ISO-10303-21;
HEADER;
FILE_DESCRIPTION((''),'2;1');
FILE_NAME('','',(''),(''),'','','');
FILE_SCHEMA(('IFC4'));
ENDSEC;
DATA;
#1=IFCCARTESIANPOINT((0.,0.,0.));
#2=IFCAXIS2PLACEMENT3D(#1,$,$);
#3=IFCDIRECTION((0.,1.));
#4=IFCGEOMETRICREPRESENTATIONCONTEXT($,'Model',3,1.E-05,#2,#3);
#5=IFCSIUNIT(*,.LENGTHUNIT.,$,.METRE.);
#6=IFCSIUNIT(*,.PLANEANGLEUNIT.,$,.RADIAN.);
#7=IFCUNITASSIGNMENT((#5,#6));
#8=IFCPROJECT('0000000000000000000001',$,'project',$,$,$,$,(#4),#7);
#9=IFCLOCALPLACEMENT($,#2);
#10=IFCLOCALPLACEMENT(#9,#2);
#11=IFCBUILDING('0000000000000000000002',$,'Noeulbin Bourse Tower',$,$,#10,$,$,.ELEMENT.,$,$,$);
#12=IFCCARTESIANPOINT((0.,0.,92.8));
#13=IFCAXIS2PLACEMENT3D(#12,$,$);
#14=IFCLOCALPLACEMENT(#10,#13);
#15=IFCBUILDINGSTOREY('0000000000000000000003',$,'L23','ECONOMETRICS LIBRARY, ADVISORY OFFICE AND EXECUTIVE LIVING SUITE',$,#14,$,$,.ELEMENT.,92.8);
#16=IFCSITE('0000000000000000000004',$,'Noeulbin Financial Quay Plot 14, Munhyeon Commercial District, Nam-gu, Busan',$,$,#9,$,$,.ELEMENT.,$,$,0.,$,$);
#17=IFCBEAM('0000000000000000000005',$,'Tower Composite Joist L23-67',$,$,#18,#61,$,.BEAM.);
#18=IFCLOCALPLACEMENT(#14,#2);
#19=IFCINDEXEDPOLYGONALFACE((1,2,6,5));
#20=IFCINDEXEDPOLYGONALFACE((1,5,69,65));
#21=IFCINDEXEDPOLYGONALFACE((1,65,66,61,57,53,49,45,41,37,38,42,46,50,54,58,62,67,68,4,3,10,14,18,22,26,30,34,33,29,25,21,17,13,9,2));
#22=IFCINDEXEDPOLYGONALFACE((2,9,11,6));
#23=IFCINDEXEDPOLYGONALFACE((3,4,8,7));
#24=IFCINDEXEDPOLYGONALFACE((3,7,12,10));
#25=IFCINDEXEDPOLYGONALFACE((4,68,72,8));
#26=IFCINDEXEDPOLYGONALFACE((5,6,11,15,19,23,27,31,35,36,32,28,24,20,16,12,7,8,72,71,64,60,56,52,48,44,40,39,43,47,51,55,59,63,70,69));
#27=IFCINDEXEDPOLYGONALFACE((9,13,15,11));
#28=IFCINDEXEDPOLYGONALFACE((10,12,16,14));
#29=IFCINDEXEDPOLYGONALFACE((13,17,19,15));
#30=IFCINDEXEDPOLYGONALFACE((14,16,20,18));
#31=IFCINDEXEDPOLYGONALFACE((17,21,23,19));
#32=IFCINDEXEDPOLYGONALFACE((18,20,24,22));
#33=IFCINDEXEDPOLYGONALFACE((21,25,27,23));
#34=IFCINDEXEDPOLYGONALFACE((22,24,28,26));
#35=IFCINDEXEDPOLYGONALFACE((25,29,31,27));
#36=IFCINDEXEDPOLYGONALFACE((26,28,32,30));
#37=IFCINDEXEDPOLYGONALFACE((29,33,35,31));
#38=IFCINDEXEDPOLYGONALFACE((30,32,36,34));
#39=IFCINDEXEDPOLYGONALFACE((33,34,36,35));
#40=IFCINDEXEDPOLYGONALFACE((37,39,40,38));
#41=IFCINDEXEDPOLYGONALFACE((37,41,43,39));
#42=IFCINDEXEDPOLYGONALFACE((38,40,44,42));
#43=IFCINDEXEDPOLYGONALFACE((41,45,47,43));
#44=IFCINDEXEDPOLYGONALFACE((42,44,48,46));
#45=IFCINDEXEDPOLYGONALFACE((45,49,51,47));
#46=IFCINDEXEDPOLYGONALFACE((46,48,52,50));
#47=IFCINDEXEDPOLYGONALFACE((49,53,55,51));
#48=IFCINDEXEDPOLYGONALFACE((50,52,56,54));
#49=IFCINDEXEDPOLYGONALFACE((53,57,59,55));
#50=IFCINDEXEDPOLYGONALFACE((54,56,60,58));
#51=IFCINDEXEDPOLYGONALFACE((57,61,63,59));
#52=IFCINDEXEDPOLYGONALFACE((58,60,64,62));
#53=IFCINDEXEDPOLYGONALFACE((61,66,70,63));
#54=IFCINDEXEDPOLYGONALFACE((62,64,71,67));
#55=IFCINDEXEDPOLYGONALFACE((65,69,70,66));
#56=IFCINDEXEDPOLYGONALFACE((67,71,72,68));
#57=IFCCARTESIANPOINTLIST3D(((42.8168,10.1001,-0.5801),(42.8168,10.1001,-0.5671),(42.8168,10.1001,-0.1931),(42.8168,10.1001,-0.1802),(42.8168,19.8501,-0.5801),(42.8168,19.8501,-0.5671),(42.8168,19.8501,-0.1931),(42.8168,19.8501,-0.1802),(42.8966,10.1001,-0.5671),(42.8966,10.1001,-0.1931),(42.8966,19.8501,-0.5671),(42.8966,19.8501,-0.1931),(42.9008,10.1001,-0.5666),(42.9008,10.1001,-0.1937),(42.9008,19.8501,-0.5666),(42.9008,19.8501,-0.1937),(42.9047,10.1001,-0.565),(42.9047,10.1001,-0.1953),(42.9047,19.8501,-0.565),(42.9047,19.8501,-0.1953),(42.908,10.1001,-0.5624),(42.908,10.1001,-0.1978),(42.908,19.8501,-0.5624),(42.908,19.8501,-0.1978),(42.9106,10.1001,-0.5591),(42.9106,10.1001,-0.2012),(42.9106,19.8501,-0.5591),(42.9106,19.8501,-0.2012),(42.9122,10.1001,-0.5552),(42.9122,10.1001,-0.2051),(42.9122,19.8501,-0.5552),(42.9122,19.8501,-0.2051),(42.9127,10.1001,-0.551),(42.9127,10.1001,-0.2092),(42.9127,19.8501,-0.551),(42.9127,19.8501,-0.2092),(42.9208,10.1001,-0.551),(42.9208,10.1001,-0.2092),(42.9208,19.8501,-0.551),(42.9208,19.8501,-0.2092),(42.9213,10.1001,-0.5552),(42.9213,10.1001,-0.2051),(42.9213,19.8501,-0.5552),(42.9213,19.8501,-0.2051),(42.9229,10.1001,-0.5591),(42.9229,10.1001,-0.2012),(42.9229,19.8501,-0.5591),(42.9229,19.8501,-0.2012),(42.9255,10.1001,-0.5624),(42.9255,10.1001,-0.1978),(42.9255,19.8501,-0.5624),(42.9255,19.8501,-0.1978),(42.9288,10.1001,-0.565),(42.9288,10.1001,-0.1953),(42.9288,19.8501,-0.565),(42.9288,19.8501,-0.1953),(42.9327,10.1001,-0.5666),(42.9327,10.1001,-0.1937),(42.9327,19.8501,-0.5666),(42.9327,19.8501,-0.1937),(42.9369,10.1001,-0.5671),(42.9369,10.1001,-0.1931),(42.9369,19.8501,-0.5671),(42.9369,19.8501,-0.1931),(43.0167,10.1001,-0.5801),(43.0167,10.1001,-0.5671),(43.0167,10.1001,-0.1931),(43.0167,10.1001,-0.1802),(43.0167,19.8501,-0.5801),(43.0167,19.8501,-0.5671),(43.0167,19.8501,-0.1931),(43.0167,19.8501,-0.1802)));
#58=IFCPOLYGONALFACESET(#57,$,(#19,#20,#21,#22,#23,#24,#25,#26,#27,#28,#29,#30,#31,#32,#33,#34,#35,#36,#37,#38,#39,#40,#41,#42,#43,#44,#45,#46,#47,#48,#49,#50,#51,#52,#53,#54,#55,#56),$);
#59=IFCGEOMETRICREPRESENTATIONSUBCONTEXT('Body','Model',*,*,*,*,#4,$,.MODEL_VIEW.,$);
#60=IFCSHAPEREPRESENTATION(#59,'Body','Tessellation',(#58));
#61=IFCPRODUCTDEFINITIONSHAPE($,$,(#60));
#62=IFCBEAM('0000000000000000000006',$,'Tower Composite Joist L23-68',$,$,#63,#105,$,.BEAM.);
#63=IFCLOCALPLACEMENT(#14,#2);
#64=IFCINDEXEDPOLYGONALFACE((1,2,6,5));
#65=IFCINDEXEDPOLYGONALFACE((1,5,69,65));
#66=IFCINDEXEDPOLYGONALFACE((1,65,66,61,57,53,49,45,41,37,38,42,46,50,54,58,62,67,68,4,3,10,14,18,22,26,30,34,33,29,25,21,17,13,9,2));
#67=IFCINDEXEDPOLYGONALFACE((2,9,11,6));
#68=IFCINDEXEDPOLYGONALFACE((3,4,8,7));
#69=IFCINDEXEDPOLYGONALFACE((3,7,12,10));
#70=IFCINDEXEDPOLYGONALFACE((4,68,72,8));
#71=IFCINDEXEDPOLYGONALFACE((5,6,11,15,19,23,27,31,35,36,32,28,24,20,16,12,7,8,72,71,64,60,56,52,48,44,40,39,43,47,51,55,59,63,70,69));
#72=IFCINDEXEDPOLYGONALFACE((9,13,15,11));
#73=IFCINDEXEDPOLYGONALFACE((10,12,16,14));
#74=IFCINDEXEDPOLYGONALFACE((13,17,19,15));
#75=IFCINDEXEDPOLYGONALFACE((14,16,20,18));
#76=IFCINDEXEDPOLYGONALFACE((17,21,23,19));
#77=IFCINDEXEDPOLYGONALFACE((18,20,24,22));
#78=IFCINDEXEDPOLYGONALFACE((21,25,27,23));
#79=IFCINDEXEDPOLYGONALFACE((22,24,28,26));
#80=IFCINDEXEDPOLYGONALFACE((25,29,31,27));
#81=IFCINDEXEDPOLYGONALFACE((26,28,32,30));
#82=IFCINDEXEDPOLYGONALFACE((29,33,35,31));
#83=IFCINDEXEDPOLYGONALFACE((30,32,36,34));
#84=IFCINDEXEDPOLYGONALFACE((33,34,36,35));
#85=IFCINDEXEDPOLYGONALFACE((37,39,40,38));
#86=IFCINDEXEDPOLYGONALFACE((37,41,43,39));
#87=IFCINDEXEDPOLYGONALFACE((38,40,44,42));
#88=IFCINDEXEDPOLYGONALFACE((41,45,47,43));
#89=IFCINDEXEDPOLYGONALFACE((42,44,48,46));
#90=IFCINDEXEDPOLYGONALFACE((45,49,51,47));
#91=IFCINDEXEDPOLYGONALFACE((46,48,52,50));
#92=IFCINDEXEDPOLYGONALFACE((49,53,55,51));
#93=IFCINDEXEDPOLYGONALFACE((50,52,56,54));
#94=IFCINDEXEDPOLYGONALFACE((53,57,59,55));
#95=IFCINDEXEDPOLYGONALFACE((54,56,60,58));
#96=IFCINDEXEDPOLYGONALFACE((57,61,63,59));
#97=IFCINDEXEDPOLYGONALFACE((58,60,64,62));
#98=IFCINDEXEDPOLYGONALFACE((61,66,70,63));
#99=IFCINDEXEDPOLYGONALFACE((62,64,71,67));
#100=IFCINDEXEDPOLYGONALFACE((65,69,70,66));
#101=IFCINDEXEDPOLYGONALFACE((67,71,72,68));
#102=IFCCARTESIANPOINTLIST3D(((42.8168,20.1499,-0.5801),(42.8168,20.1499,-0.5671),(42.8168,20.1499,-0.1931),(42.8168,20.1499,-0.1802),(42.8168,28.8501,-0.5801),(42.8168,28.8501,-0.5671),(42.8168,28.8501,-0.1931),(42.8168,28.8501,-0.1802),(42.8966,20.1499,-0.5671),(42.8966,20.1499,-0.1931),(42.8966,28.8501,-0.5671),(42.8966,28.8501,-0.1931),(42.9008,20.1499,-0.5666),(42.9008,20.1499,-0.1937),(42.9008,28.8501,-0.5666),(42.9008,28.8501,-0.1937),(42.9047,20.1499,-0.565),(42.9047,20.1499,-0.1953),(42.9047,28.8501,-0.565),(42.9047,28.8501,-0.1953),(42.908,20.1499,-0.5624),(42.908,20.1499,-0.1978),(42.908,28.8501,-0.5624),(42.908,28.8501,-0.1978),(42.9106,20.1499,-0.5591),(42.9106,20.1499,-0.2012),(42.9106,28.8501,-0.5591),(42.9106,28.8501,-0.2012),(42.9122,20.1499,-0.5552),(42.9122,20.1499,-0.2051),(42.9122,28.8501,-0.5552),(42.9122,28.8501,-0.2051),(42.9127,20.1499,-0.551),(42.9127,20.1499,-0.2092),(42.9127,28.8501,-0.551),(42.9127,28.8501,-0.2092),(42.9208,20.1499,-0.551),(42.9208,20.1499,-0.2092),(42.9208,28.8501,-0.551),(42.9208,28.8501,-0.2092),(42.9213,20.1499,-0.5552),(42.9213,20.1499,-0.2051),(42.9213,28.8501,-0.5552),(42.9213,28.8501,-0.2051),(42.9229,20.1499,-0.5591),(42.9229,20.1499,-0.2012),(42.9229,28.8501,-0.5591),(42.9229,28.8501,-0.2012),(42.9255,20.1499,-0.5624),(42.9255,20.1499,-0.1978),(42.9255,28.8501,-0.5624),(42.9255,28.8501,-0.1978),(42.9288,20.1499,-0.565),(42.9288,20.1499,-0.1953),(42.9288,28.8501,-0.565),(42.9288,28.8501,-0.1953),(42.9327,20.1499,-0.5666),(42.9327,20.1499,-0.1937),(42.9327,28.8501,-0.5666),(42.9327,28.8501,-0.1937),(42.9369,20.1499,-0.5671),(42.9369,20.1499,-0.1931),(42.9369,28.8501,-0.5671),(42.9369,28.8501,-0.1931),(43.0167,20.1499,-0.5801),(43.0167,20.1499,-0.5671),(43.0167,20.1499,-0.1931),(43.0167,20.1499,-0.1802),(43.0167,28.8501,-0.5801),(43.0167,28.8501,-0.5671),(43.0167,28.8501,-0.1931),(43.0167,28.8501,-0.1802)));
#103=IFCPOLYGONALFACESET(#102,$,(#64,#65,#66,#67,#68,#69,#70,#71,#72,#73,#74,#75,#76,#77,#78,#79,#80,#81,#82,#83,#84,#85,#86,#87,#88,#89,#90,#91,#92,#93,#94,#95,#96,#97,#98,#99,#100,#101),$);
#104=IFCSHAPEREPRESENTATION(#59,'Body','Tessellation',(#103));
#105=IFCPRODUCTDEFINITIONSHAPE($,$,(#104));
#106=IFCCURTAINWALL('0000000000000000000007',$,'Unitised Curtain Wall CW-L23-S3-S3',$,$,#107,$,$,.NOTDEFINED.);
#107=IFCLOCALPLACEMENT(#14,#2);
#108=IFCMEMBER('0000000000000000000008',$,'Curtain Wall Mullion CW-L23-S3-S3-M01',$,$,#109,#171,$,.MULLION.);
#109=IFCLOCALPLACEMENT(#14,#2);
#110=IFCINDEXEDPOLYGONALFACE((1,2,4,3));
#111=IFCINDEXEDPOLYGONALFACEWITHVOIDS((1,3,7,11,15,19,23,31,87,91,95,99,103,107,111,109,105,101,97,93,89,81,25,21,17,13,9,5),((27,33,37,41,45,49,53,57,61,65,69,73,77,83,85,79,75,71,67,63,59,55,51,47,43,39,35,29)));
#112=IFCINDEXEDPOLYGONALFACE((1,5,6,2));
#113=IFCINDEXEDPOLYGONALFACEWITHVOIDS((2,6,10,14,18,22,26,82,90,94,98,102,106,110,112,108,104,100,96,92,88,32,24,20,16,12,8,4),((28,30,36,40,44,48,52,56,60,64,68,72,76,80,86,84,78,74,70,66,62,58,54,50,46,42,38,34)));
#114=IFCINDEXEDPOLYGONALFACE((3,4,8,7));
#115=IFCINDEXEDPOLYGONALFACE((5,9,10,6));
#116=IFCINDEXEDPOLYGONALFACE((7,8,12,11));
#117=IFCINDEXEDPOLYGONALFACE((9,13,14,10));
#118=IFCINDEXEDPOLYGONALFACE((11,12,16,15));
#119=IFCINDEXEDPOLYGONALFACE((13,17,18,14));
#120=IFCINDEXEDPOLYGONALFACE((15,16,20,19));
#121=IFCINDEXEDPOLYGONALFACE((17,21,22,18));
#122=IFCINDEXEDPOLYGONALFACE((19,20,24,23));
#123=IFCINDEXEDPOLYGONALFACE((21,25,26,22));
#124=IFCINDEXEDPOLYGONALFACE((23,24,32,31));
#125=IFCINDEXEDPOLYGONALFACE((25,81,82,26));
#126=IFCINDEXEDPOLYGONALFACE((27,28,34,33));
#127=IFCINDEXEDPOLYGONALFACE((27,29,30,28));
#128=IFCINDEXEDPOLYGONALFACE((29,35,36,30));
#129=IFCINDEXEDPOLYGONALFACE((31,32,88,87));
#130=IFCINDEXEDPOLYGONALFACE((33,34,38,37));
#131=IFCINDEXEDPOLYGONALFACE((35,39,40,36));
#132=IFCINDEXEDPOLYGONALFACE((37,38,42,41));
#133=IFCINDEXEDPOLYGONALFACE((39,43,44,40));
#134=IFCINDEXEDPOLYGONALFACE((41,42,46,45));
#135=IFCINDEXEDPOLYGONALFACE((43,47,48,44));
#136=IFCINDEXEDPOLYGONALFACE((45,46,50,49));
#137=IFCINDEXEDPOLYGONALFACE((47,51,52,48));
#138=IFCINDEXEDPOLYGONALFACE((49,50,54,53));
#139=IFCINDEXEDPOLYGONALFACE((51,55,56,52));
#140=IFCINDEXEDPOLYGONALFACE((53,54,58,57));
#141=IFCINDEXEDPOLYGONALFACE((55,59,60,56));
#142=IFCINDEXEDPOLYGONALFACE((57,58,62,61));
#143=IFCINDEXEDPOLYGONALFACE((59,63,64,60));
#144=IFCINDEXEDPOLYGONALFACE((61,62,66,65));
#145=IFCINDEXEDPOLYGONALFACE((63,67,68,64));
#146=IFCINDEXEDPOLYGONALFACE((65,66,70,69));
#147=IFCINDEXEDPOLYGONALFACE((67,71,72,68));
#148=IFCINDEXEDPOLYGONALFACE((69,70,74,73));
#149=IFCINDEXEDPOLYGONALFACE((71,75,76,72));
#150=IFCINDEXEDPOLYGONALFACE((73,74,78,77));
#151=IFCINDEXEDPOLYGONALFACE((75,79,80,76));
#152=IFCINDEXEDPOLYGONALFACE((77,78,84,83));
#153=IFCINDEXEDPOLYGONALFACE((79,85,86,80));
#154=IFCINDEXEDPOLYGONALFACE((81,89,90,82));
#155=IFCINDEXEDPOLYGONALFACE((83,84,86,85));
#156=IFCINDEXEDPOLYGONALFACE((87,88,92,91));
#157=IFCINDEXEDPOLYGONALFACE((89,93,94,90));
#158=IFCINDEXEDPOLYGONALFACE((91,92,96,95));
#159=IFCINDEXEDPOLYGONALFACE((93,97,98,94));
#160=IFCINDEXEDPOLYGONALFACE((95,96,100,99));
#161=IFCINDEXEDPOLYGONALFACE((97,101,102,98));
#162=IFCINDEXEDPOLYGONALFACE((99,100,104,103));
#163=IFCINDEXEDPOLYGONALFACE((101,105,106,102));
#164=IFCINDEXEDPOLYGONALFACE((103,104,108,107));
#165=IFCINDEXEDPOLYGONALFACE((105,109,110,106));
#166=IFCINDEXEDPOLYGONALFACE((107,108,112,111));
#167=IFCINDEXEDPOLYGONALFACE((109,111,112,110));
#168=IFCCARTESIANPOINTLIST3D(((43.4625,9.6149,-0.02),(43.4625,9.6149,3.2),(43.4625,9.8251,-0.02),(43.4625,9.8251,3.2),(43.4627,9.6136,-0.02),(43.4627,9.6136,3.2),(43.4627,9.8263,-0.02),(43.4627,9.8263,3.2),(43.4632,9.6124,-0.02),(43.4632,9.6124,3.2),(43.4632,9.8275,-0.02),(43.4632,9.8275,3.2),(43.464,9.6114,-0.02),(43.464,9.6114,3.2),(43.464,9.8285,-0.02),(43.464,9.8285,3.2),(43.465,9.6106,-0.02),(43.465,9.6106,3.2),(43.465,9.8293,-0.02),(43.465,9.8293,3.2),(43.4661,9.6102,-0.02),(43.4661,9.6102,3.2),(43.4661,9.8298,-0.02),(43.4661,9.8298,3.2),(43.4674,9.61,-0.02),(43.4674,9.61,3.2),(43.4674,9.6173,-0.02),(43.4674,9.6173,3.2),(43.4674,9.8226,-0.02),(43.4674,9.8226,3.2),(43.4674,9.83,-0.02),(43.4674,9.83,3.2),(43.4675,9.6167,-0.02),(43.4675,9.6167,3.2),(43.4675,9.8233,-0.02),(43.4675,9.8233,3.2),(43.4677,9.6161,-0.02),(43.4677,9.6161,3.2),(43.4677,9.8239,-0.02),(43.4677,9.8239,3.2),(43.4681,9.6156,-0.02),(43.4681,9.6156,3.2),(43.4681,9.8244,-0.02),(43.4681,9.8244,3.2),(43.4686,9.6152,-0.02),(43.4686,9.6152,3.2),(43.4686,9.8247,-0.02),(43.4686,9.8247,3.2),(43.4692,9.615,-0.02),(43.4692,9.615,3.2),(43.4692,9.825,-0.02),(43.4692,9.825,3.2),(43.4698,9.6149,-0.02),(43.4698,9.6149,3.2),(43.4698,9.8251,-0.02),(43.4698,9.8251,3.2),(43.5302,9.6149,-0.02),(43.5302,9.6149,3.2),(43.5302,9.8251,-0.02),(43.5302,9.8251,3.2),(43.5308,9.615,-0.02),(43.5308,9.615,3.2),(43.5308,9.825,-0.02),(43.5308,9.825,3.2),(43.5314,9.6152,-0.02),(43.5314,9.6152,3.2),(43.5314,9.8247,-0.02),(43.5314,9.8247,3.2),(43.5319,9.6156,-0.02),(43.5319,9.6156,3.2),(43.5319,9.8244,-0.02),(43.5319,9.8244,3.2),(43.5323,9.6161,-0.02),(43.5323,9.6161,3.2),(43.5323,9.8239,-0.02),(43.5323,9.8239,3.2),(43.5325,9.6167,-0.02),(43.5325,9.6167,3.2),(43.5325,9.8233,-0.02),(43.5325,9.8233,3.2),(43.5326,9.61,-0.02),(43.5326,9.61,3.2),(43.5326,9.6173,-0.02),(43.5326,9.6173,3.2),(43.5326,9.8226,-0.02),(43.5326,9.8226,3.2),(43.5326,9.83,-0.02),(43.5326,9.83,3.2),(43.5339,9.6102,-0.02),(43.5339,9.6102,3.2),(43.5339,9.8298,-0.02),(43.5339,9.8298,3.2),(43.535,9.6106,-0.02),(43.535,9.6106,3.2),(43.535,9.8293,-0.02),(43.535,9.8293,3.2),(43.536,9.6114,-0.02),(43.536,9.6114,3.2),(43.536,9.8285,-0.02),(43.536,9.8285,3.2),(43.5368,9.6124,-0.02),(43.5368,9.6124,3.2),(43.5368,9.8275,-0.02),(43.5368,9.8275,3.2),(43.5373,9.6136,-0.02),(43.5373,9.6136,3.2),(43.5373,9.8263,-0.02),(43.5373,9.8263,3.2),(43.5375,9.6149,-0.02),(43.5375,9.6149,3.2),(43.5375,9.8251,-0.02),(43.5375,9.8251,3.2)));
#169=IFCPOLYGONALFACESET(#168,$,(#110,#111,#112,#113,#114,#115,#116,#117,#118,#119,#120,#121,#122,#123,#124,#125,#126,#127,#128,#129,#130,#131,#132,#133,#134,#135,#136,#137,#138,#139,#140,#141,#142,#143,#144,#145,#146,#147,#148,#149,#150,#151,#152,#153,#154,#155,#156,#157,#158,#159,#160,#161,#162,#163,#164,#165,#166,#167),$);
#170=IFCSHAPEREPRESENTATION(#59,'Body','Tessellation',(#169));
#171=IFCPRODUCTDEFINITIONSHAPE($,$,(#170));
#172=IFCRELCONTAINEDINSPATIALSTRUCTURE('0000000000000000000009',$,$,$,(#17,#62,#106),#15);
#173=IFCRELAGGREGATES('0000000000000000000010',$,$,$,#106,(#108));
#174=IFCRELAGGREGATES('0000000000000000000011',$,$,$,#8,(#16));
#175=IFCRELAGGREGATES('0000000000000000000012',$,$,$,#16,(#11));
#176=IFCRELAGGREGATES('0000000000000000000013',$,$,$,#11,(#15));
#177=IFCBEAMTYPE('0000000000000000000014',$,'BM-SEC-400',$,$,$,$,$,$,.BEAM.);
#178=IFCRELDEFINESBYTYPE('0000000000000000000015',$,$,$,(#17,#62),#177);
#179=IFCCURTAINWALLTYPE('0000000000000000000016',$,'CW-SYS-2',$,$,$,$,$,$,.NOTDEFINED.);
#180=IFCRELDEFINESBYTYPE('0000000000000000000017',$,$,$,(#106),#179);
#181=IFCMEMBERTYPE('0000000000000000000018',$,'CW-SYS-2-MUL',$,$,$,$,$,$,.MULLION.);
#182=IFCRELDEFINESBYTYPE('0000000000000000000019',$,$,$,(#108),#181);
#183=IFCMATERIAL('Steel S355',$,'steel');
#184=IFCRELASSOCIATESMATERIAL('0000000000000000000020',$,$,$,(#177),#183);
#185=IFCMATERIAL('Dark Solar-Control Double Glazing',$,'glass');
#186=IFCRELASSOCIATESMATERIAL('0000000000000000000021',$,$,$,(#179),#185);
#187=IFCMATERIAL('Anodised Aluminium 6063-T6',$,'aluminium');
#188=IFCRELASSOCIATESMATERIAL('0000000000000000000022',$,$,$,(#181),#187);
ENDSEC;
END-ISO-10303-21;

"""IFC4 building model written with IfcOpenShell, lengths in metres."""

from ifc_helpers import new_model, si_unit, direction, frame, origin, origin_2d, place, context, subcontext, project, spatial, hollow_rectangle, i_section, extrude, material, material_profile, profile_set, type_object, element, aggregate, save


model = new_model("IFC4")

# Units and contexts
model_context = context("Model", 3, precision=1e-05, world=origin(), true_north=direction((0.0, 1.0)))
body_context = subcontext(model_context, "Body", "Model", "MODEL_VIEW")
ifc_project = project(units=[si_unit("LENGTHUNIT", "METRE"), si_unit("PLANEANGLEUNIT", "RADIAN")], contexts=[model_context])

# Site, building, storey
site_placement = place(None, origin())
site = spatial("IfcSite", under=ifc_project, at=site_placement, Name="Noeulbin Financial Quay Plot 14, Munhyeon Commercial District, Nam-gu, Busan", CompositionType="ELEMENT", RefElevation=0.0)
building_placement = place(site_placement, origin())
building = spatial("IfcBuilding", under=site, at=building_placement, Name="Noeulbin Bourse Tower", CompositionType="ELEMENT")
storey_placement = place(building_placement, frame((0.0, 0.0, 92.8)))
storey = spatial("IfcBuildingStorey", under=building, at=storey_placement, Name="L23", Description="ECONOMETRICS LIBRARY, ADVISORY OFFICE AND EXECUTIVE LIVING SUITE", CompositionType="ELEMENT", Elevation=92.8)

# Beams
ifc_material_1 = material(Name="Steel S355", Category="steel")
ifc_material_profile_1 = material_profile(ifc_material_1, i_section(OverallWidth=0.2, OverallDepth=0.3999, WebThickness=0.0081, FlangeThickness=0.0129, FilletRadius=0.0161, at=origin_2d()), Name="H-400x200x8x13", Category="LoadBearing")
ifc_profile_set_1 = profile_set([ifc_material_profile_1], Name="Steel S355")
beam_type_1 = type_object("IfcBeamType", Name="BM-SEC-400", PredefinedType="BEAM", material=ifc_profile_set_1)
beam_1_placement = place(storey_placement, frame((42.9167, 10.1001, -0.3801), z_axis=(0.0, 1.0, 0.0), x_axis=(-1.0, 0.0, 0.0)))
element("IfcBeam", 1, at=beam_1_placement, inside=storey, type_object=beam_type_1, Name="Tower Composite Joist L23-67", PredefinedType="BEAM", context=body_context, shape_type="SweptSolid", body=[
    extrude(i_section(OverallWidth=0.2, OverallDepth=0.3999, WebThickness=0.0081, FlangeThickness=0.0129, FilletRadius=0.0161, at=origin_2d()), origin(), (0.0, 0.0, 1.0), 9.75),
])
beam_2_placement = place(storey_placement, frame((42.9167, 20.1499, -0.3801), z_axis=(0.0, 1.0, 0.0), x_axis=(-1.0, 0.0, 0.0)))
element("IfcBeam", 2, at=beam_2_placement, inside=storey, type_object=beam_type_1, Name="Tower Composite Joist L23-68", PredefinedType="BEAM", context=body_context, shape_type="SweptSolid", body=[
    extrude(i_section(OverallWidth=0.2, OverallDepth=0.3999, WebThickness=0.0081, FlangeThickness=0.0129, FilletRadius=0.0161, at=origin_2d()), origin(), (0.0, 0.0, 1.0), 8.7002),
])

# Curtain wall, member
ifc_material_2 = material(Name="Dark Solar-Control Double Glazing", Category="glass")
curtain_wall_type = type_object("IfcCurtainWallType", Name="CW-SYS-2", PredefinedType="NOTDEFINED", material=ifc_material_2)
curtain_wall_1_placement = place(storey_placement, origin())
curtain_wall_1 = element("IfcCurtainWall", 3, at=curtain_wall_1_placement, inside=storey, type_object=curtain_wall_type, Name="Unitised Curtain Wall CW-L23-S3-S3", PredefinedType="NOTDEFINED")
ifc_material_3 = material(Name="Anodised Aluminium 6063-T6", Category="aluminium")
ifc_material_profile_2 = material_profile(ifc_material_3, hollow_rectangle(XDim=0.075, YDim=0.22, WallThickness=0.0049, InnerFilletRadius=0.0024, OuterFilletRadius=0.0049, at=origin_2d()), Name="ALU-MULL-75x220x5", Category="LoadBearing")
ifc_profile_set_2 = profile_set([ifc_material_profile_2], Name="Anodised Aluminium 6063-T6")
member_type_1 = type_object("IfcMemberType", Name="CW-SYS-2-MUL", PredefinedType="MULLION", material=ifc_profile_set_2)
member_1_placement = place(storey_placement, frame((43.5, 9.72, -0.02), z_axis=(0.0, 0.0, 1.0), x_axis=(1.0, 0.0, 0.0)))
member_1 = element("IfcMember", 4, at=member_1_placement, type_object=member_type_1, Name="Curtain Wall Mullion CW-L23-S3-S3-M01", PredefinedType="MULLION", context=body_context, shape_type="SweptSolid", body=[
    extrude(hollow_rectangle(XDim=0.075, YDim=0.22, WallThickness=0.0049, InnerFilletRadius=0.0024, OuterFilletRadius=0.0049, at=origin_2d()), origin(), (0.0, 0.0, 1.0), 3.22),
])

aggregate(curtain_wall_1, [member_1])

save(model, "model.ifc")
